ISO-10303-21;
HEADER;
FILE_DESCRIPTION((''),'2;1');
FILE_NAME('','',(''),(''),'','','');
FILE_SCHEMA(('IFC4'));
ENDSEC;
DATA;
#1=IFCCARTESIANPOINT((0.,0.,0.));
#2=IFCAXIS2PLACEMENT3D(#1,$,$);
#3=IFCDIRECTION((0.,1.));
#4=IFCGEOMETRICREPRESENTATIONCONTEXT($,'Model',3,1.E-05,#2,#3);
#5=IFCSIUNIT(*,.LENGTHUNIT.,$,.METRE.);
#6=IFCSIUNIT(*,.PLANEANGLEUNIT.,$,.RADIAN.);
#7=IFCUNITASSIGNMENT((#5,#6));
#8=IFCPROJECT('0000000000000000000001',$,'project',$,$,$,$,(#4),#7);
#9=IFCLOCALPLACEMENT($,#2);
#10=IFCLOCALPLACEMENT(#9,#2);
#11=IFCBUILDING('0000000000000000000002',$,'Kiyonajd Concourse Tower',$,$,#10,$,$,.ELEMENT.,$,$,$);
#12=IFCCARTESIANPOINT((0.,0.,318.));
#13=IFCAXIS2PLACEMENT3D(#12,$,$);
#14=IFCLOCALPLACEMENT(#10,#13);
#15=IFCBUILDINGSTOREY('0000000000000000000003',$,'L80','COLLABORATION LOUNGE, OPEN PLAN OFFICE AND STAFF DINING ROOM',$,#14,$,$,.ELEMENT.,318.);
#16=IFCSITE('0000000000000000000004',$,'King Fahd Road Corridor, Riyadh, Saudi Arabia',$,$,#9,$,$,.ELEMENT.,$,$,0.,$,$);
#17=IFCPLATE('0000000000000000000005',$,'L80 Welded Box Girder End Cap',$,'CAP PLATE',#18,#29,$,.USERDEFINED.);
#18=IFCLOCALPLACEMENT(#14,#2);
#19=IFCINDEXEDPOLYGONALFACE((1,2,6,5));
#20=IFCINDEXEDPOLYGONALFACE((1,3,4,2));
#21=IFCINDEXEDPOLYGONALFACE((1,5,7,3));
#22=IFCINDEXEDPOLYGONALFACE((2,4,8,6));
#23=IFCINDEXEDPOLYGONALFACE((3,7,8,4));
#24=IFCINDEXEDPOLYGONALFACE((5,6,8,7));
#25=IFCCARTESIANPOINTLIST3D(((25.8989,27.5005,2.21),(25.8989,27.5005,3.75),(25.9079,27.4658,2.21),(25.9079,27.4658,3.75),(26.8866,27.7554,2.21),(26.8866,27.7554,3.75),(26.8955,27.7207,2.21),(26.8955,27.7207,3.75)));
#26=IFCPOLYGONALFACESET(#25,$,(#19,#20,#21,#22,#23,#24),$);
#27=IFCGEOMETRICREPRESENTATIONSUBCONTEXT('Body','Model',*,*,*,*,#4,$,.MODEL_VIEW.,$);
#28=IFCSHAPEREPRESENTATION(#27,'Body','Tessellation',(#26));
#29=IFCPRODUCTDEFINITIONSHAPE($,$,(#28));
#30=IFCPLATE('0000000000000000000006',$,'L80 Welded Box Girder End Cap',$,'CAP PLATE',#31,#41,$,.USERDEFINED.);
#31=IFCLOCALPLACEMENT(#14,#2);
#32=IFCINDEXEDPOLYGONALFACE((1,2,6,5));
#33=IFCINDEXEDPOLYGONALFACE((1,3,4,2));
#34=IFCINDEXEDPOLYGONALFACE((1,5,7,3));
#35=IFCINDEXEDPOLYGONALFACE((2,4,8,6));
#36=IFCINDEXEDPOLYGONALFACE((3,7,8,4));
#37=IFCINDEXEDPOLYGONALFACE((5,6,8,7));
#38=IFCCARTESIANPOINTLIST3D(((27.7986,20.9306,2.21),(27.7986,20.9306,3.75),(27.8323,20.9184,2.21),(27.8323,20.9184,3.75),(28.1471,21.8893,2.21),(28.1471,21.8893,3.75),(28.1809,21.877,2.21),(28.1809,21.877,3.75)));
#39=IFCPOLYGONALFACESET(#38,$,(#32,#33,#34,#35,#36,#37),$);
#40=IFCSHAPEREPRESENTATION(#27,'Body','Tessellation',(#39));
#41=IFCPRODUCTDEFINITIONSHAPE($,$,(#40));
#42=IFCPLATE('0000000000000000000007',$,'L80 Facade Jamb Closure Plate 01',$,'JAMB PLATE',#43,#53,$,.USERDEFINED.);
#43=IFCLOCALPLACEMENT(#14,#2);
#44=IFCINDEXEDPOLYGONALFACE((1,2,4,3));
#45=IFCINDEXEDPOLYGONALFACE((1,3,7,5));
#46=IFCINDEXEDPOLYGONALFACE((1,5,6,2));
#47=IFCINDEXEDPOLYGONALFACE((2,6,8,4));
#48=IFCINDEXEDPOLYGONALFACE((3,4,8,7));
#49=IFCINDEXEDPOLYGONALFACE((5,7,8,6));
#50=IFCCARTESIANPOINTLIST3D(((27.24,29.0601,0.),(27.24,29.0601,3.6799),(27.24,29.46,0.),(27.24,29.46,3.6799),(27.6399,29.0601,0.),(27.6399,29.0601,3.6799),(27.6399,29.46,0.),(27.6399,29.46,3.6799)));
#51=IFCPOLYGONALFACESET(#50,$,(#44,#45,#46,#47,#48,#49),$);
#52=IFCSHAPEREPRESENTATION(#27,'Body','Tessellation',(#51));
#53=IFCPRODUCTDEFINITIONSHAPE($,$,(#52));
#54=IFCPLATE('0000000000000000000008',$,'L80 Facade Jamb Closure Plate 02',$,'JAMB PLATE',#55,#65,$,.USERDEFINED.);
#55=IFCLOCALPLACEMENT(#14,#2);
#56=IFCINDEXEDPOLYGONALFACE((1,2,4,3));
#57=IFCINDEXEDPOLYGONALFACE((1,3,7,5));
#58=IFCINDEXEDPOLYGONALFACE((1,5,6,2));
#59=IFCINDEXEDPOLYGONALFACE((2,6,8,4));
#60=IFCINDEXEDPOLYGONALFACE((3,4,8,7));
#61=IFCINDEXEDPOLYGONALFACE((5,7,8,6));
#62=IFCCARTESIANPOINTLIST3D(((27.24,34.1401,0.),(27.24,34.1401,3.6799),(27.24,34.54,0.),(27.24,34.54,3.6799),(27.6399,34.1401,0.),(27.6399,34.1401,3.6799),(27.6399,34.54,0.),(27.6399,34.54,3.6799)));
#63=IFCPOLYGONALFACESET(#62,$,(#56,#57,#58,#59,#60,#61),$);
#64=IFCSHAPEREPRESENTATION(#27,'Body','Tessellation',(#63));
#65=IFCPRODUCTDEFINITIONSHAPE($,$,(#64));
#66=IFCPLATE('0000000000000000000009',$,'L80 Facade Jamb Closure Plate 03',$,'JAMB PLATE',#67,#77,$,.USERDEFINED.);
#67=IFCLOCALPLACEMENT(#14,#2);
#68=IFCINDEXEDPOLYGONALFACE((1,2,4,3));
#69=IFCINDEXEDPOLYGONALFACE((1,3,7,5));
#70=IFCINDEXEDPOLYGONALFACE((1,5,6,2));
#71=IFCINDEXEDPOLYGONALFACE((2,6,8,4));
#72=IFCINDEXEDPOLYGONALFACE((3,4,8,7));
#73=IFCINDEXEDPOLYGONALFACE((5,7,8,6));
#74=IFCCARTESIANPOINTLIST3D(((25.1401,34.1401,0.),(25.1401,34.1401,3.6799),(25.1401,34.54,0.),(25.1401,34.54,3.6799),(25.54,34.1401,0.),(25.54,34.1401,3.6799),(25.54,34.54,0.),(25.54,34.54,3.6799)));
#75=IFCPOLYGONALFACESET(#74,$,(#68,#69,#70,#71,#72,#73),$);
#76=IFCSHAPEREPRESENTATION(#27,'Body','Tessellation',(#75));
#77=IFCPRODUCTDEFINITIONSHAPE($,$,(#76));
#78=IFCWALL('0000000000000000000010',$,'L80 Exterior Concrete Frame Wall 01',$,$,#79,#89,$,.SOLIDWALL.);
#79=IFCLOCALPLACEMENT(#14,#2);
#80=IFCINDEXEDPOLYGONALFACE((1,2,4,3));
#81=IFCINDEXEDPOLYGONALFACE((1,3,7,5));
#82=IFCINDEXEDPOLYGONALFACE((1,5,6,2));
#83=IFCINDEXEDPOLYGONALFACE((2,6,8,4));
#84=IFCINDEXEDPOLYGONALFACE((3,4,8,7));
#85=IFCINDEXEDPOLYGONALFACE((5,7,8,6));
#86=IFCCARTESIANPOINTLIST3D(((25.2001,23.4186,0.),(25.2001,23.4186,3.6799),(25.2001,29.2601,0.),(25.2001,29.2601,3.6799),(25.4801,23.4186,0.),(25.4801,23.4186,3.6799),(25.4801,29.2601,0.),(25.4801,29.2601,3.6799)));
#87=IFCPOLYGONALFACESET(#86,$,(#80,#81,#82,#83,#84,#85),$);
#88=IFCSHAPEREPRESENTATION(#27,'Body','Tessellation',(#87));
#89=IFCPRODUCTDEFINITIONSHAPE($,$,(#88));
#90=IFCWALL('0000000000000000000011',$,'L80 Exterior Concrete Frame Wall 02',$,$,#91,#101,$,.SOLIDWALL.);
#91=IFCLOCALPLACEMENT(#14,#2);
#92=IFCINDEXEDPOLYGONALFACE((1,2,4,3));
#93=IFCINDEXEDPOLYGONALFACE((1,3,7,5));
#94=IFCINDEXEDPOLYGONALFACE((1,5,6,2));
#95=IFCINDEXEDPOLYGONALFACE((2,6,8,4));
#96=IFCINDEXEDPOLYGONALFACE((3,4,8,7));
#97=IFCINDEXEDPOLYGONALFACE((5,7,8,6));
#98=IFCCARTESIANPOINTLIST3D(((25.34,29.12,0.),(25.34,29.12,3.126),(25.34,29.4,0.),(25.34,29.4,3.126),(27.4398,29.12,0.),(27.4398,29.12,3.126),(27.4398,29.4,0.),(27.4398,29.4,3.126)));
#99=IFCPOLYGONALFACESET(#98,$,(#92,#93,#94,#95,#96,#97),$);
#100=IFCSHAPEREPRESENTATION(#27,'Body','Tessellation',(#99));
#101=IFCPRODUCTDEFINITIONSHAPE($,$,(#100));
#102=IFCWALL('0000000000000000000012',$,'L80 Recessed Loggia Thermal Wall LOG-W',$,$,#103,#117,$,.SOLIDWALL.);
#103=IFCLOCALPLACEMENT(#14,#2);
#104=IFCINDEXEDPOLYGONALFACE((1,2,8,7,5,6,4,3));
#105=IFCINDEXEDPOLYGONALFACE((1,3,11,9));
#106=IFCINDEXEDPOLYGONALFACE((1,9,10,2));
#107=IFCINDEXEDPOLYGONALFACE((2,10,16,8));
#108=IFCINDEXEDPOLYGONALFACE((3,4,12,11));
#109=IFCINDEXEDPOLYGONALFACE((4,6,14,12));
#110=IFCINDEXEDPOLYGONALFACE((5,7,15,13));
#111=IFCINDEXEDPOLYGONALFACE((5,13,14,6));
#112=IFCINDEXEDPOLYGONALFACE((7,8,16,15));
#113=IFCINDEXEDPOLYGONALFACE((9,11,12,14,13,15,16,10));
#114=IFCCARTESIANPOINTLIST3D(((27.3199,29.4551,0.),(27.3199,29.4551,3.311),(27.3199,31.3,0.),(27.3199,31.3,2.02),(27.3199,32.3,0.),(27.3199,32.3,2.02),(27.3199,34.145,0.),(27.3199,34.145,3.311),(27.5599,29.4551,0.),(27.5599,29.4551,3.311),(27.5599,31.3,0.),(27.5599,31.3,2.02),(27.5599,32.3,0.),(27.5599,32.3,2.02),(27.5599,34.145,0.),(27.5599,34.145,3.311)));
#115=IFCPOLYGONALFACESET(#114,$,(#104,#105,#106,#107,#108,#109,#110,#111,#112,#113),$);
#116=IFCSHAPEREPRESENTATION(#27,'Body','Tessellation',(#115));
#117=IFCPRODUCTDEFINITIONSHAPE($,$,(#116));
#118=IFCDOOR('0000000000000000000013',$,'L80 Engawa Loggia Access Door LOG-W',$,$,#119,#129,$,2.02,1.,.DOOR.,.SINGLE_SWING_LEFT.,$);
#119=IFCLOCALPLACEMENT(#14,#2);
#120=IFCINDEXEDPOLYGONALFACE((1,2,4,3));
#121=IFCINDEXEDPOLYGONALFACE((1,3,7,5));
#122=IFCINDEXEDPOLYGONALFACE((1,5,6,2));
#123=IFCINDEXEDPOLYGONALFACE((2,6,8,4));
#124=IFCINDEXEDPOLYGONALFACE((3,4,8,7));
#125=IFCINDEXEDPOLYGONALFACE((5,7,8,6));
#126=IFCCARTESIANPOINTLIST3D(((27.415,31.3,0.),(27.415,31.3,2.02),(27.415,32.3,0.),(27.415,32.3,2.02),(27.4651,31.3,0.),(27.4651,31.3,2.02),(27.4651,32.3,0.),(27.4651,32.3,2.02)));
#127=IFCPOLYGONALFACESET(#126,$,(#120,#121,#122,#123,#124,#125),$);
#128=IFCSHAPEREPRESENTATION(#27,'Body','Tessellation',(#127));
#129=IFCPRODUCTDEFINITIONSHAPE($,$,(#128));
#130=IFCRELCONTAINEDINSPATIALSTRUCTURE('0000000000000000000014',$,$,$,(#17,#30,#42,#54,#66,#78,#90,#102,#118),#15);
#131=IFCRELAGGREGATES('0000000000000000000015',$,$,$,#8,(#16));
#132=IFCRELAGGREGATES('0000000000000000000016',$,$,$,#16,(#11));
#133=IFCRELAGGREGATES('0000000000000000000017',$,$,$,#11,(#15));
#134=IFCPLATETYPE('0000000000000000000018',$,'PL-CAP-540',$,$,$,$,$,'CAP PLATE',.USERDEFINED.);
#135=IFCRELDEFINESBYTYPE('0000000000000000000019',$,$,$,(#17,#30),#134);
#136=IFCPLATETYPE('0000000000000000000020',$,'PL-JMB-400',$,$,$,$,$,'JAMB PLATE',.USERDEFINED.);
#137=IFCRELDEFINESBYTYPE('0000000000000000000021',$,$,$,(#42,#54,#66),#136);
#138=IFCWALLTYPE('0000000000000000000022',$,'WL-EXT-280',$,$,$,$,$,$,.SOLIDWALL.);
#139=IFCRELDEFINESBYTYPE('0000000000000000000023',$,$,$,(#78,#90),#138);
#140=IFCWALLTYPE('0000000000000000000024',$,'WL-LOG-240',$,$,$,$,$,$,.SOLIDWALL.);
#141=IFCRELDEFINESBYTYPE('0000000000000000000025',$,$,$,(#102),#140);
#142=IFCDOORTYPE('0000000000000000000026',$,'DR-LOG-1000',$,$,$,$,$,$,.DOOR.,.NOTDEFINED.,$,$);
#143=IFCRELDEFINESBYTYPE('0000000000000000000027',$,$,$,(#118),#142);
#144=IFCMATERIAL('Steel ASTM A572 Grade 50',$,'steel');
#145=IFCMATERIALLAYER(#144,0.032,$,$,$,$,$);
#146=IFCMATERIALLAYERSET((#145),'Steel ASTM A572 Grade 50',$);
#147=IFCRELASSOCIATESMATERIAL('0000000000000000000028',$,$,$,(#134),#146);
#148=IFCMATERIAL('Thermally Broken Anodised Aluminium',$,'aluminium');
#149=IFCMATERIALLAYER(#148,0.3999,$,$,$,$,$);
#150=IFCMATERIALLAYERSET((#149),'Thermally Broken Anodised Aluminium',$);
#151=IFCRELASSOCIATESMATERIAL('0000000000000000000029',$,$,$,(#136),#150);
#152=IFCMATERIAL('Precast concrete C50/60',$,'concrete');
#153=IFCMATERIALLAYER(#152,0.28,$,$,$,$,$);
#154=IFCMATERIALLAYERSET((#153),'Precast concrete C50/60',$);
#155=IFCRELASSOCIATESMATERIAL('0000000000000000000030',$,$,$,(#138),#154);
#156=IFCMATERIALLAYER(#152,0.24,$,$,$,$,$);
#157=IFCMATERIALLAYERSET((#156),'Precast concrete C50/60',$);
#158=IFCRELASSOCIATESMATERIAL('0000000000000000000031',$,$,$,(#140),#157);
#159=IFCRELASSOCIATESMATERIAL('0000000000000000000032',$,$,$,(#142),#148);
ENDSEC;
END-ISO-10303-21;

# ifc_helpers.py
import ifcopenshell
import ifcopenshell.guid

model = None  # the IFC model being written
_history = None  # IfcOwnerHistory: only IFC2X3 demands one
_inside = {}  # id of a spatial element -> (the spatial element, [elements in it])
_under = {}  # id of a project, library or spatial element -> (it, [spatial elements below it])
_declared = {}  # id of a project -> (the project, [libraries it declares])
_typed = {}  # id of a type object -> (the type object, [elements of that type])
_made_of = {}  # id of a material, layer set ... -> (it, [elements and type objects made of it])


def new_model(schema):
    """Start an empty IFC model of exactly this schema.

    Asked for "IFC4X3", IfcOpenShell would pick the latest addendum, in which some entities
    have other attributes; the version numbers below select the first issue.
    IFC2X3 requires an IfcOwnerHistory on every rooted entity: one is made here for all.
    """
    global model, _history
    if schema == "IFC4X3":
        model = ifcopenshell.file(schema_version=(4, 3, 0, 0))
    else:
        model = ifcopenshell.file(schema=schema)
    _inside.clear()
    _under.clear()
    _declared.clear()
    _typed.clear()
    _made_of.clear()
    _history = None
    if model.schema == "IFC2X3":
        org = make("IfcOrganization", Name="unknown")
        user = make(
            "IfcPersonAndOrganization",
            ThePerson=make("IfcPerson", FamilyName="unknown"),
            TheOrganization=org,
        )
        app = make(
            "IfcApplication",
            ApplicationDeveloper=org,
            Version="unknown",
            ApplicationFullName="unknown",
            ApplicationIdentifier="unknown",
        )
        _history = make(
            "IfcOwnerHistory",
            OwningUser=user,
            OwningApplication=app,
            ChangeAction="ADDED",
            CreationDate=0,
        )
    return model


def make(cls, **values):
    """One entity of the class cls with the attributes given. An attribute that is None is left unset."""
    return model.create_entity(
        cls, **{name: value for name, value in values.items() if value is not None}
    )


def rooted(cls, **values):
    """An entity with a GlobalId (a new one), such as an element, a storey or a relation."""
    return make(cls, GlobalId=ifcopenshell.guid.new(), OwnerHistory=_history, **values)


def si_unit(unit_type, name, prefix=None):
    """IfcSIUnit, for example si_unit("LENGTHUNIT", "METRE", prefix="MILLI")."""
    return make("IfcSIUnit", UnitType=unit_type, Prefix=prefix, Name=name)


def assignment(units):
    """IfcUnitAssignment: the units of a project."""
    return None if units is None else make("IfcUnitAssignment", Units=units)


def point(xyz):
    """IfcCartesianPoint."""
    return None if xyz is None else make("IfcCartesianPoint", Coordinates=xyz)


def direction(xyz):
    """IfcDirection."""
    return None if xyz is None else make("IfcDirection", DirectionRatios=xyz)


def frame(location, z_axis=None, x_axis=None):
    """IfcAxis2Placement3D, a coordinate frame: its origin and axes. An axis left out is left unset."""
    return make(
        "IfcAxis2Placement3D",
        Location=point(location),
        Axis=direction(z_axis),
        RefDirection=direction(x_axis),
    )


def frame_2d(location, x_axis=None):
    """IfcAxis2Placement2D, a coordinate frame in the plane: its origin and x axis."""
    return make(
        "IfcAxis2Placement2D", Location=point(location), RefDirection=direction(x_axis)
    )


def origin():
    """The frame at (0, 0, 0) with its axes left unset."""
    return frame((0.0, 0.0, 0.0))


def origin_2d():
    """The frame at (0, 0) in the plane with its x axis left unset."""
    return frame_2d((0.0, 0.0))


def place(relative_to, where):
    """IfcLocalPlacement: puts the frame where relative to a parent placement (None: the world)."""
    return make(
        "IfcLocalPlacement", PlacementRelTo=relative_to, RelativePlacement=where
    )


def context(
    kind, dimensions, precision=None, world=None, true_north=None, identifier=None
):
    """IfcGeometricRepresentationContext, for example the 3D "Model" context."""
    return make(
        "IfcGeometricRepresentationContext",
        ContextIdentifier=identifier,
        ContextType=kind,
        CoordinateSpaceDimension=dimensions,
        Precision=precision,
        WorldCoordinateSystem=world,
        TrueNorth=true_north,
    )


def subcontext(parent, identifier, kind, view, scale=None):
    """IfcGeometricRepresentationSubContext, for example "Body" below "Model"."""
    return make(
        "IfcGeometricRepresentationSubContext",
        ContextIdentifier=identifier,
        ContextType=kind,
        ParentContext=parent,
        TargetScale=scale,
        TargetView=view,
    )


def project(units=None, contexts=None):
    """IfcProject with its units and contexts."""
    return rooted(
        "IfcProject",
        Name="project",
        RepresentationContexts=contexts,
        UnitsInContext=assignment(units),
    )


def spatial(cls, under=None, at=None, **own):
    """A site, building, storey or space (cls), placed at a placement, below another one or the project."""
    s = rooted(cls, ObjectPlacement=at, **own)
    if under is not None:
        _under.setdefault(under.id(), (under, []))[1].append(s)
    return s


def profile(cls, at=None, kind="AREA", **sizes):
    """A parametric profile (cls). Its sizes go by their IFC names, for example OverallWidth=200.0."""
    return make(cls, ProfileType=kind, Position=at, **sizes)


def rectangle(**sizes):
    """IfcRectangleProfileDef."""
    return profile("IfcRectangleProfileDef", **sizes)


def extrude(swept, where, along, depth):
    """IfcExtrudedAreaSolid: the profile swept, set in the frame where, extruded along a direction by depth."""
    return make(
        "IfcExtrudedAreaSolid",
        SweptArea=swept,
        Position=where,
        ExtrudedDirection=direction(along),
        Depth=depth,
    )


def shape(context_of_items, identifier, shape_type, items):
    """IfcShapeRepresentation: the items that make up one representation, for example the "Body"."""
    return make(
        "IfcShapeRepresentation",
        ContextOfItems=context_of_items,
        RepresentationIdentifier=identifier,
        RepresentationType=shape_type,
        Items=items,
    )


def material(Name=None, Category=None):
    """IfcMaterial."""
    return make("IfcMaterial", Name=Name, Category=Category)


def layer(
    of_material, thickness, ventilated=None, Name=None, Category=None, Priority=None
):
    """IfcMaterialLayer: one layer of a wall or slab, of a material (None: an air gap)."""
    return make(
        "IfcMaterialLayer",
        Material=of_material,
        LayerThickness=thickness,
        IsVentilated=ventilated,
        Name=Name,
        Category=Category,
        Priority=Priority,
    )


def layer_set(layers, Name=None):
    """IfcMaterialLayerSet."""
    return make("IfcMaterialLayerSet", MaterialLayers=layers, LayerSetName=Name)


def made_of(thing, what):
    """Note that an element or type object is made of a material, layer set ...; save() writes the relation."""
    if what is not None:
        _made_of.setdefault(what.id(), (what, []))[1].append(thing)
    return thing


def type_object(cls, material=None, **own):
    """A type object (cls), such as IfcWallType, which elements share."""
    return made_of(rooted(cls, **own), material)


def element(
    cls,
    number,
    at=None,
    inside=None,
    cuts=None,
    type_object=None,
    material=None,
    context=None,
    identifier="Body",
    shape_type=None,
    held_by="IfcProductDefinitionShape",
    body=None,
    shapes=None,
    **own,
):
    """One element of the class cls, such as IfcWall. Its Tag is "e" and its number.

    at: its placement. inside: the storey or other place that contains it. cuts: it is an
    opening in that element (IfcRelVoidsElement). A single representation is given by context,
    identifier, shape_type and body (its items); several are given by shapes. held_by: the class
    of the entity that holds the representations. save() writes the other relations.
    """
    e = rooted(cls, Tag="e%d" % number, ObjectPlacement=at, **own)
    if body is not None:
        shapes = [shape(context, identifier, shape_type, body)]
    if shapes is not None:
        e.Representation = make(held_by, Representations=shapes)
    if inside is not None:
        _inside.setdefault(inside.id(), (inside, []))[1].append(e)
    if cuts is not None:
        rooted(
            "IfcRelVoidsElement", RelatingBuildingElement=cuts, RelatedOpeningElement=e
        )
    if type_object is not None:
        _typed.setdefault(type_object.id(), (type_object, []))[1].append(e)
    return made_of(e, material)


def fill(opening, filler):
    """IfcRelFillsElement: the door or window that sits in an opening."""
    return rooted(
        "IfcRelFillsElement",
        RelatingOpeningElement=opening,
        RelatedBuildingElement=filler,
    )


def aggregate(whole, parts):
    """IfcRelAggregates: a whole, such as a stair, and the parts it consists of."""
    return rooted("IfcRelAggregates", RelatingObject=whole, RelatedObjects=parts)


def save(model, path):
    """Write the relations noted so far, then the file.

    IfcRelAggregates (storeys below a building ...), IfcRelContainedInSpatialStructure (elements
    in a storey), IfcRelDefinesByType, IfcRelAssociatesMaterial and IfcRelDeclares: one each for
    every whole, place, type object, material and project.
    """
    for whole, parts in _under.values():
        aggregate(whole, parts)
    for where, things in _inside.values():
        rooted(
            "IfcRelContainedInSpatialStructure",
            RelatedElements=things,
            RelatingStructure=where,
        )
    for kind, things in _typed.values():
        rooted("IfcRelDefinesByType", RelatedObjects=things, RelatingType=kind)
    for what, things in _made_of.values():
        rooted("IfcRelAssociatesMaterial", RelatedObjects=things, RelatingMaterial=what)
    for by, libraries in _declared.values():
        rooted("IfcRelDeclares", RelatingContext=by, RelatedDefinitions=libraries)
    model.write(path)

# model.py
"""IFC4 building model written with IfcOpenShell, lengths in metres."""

from ifc_helpers import new_model, si_unit, direction, frame, frame_2d, origin, origin_2d, place, context, subcontext, project, spatial, rectangle, extrude, material, layer, layer_set, type_object, element, fill, save


model = new_model("IFC4")

# Units and contexts
model_context = context("Model", 3, precision=1e-05, world=origin(), true_north=direction((0.0, 1.0)))
body_context = subcontext(model_context, "Body", "Model", "MODEL_VIEW")
ifc_project = project(units=[si_unit("LENGTHUNIT", "METRE"), si_unit("PLANEANGLEUNIT", "RADIAN")], contexts=[model_context])

# Site, building, storey
site_placement = place(None, origin())
site = spatial("IfcSite", under=ifc_project, at=site_placement, Name="King Fahd Road Corridor, Riyadh, Saudi Arabia", CompositionType="ELEMENT", RefElevation=0.0)
building_placement = place(site_placement, origin())
building = spatial("IfcBuilding", under=site, at=building_placement, Name="Kiyonajd Concourse Tower", CompositionType="ELEMENT")
storey_placement = place(building_placement, frame((0.0, 0.0, 318.0)))
storey = spatial("IfcBuildingStorey", under=building, at=storey_placement, Name="L80", Description="COLLABORATION LOUNGE, OPEN PLAN OFFICE AND STAFF DINING ROOM", CompositionType="ELEMENT", Elevation=318.0)

# Shared definitions
ifc_material_1 = material(Name="Steel ASTM A572 Grade 50", Category="steel")

# Plates
ifc_layer_1 = layer(ifc_material_1, 0.032)
ifc_layer_set_1 = layer_set([ifc_layer_1], Name="Steel ASTM A572 Grade 50")
plate_type_1 = type_object("IfcPlateType", Name="PL-CAP-540", ElementType="CAP PLATE", PredefinedType="USERDEFINED", material=ifc_layer_set_1)
for number, where, z_axis, x_axis, name in (
    (1, (26.3972, 27.6106, 2.21), (0.0, 0.0, 1.0), (-0.249873, 0.968279, 0.0), "L80 Welded Box Girder End Cap"),
    (2, (27.9897, 21.4038, 2.21), (0.0, 0.0, 1.0), (-0.939812, 0.341692, 0.0), "L80 Welded Box Girder End Cap"),
):
    element("IfcPlate", number, at=place(storey_placement, frame(where, z_axis=z_axis, x_axis=x_axis)), inside=storey, type_object=plate_type_1, Name=name, ObjectType="CAP PLATE", PredefinedType="USERDEFINED", context=body_context, shape_type="SweptSolid", body=[
        extrude(rectangle(XDim=0.0359, YDim=1.02, at=origin_2d()), origin(), (0.0, 0.0, 1.0), 1.54),
    ])
ifc_material_2 = material(Name="Thermally Broken Anodised Aluminium", Category="aluminium")
ifc_layer_2 = layer(ifc_material_2, 0.3999)
ifc_layer_set_2 = layer_set([ifc_layer_2], Name="Thermally Broken Anodised Aluminium")
plate_type_2 = type_object("IfcPlateType", Name="PL-JMB-400", ElementType="JAMB PLATE", PredefinedType="USERDEFINED", material=ifc_layer_set_2)
for number, where, z_axis, x_axis, name in (
    (3, (27.4399, 29.26, 0.0), (0.0, 0.0, 1.0), (1.0, 0.0, 0.0), "L80 Facade Jamb Closure Plate 01"),
    (4, (27.4399, 34.3401, 0.0), (0.0, 0.0, 1.0), (1.0, 0.0, 0.0), "L80 Facade Jamb Closure Plate 02"),
    (5, (25.3401, 34.3401, 0.0), (0.0, 0.0, 1.0), (1.0, 0.0, 0.0), "L80 Facade Jamb Closure Plate 03"),
):
    element("IfcPlate", number, at=place(storey_placement, frame(where, z_axis=z_axis, x_axis=x_axis)), inside=storey, type_object=plate_type_2, Name=name, ObjectType="JAMB PLATE", PredefinedType="USERDEFINED", context=body_context, shape_type="SweptSolid", body=[
        extrude(rectangle(XDim=0.3999, YDim=0.3999, at=origin_2d()), origin(), (0.0, 0.0, 1.0), 3.6799),
    ])

# Walls
ifc_material_3 = material(Name="Precast concrete C50/60", Category="concrete")
ifc_layer_3 = layer(ifc_material_3, 0.28)
ifc_layer_set_3 = layer_set([ifc_layer_3], Name="Precast concrete C50/60")
wall_type_1 = type_object("IfcWallType", Name="WL-EXT-280", PredefinedType="SOLIDWALL", material=ifc_layer_set_3)
wall_1_placement = place(storey_placement, frame((25.3401, 23.4185, 0.0), z_axis=(0.0, 0.0, 1.0), x_axis=(0.0, 1.0, 0.0)))
element("IfcWall", 6, at=wall_1_placement, inside=storey, type_object=wall_type_1, Name="L80 Exterior Concrete Frame Wall 01", PredefinedType="SOLIDWALL", context=body_context, shape_type="SweptSolid", body=[
    extrude(rectangle(XDim=5.8416, YDim=0.28, at=frame_2d((2.9209, 0.0))), origin(), (0.0, 0.0, 1.0), 3.6799),
])
wall_2_placement = place(storey_placement, frame((25.3401, 29.26, 0.0), z_axis=(0.0, 0.0, 1.0), x_axis=(1.0, 0.0, 0.0)))
element("IfcWall", 7, at=wall_2_placement, inside=storey, type_object=wall_type_1, Name="L80 Exterior Concrete Frame Wall 02", PredefinedType="SOLIDWALL", context=body_context, shape_type="SweptSolid", body=[
    extrude(rectangle(XDim=2.0999, YDim=0.28, at=frame_2d((1.0498, 0.0))), origin(), (0.0, 0.0, 1.0), 3.126),
])

# Wall, opening, door
ifc_layer_4 = layer(ifc_material_3, 0.24)
ifc_layer_set_4 = layer_set([ifc_layer_4], Name="Precast concrete C50/60")
wall_type_2 = type_object("IfcWallType", Name="WL-LOG-240", PredefinedType="SOLIDWALL", material=ifc_layer_set_4)
wall_3_placement = place(storey_placement, frame((27.4399, 29.4551, 0.0), z_axis=(0.0, 0.0, 1.0), x_axis=(0.0, 1.0, 0.0)))
wall_3 = element("IfcWall", 8, at=wall_3_placement, inside=storey, type_object=wall_type_2, Name="L80 Recessed Loggia Thermal Wall LOG-W", PredefinedType="SOLIDWALL", context=body_context, shape_type="SweptSolid", body=[
    extrude(rectangle(XDim=4.6899, YDim=0.24, at=frame_2d((2.345, 0.0))), origin(), (0.0, 0.0, 1.0), 3.311),
])
opening_1_placement = place(wall_3_placement, frame((1.845, 0.0, 0.0)))
opening_1 = element("IfcOpeningElement", 9, at=opening_1_placement, cuts=wall_3, PredefinedType="OPENING", context=body_context, shape_type="SweptSolid", body=[
    extrude(rectangle(XDim=1.0, YDim=2.02, at=frame_2d((0.5, 1.01))), frame((0.0, 0.1299, 0.0), z_axis=(0.0, -1.0, 0.0), x_axis=(1.0, 0.0, 0.0)), (0.0, 0.0, 1.0), 0.26),
])
door_type_1 = type_object("IfcDoorType", Name="DR-LOG-1000", OperationType="NOTDEFINED", PredefinedType="DOOR", material=ifc_material_2)
door_1_placement = place(opening_1_placement, origin())
door_1 = element("IfcDoor", 10, at=door_1_placement, inside=storey, type_object=door_type_1, Name="L80 Engawa Loggia Access Door LOG-W", OperationType="SINGLE_SWING_LEFT", OverallHeight=2.02, OverallWidth=1.0, PredefinedType="DOOR", context=body_context, shape_type="SweptSolid", body=[
    extrude(rectangle(XDim=1.0, YDim=2.02, at=frame_2d((0.5, 1.01))), frame((0.0, 0.0249, 0.0), z_axis=(0.0, -1.0, 0.0), x_axis=(1.0, 0.0, 0.0)), (0.0, 0.0, 1.0), 0.05),
])
fill(opening_1, door_1)

save(model, "model.ifc")
